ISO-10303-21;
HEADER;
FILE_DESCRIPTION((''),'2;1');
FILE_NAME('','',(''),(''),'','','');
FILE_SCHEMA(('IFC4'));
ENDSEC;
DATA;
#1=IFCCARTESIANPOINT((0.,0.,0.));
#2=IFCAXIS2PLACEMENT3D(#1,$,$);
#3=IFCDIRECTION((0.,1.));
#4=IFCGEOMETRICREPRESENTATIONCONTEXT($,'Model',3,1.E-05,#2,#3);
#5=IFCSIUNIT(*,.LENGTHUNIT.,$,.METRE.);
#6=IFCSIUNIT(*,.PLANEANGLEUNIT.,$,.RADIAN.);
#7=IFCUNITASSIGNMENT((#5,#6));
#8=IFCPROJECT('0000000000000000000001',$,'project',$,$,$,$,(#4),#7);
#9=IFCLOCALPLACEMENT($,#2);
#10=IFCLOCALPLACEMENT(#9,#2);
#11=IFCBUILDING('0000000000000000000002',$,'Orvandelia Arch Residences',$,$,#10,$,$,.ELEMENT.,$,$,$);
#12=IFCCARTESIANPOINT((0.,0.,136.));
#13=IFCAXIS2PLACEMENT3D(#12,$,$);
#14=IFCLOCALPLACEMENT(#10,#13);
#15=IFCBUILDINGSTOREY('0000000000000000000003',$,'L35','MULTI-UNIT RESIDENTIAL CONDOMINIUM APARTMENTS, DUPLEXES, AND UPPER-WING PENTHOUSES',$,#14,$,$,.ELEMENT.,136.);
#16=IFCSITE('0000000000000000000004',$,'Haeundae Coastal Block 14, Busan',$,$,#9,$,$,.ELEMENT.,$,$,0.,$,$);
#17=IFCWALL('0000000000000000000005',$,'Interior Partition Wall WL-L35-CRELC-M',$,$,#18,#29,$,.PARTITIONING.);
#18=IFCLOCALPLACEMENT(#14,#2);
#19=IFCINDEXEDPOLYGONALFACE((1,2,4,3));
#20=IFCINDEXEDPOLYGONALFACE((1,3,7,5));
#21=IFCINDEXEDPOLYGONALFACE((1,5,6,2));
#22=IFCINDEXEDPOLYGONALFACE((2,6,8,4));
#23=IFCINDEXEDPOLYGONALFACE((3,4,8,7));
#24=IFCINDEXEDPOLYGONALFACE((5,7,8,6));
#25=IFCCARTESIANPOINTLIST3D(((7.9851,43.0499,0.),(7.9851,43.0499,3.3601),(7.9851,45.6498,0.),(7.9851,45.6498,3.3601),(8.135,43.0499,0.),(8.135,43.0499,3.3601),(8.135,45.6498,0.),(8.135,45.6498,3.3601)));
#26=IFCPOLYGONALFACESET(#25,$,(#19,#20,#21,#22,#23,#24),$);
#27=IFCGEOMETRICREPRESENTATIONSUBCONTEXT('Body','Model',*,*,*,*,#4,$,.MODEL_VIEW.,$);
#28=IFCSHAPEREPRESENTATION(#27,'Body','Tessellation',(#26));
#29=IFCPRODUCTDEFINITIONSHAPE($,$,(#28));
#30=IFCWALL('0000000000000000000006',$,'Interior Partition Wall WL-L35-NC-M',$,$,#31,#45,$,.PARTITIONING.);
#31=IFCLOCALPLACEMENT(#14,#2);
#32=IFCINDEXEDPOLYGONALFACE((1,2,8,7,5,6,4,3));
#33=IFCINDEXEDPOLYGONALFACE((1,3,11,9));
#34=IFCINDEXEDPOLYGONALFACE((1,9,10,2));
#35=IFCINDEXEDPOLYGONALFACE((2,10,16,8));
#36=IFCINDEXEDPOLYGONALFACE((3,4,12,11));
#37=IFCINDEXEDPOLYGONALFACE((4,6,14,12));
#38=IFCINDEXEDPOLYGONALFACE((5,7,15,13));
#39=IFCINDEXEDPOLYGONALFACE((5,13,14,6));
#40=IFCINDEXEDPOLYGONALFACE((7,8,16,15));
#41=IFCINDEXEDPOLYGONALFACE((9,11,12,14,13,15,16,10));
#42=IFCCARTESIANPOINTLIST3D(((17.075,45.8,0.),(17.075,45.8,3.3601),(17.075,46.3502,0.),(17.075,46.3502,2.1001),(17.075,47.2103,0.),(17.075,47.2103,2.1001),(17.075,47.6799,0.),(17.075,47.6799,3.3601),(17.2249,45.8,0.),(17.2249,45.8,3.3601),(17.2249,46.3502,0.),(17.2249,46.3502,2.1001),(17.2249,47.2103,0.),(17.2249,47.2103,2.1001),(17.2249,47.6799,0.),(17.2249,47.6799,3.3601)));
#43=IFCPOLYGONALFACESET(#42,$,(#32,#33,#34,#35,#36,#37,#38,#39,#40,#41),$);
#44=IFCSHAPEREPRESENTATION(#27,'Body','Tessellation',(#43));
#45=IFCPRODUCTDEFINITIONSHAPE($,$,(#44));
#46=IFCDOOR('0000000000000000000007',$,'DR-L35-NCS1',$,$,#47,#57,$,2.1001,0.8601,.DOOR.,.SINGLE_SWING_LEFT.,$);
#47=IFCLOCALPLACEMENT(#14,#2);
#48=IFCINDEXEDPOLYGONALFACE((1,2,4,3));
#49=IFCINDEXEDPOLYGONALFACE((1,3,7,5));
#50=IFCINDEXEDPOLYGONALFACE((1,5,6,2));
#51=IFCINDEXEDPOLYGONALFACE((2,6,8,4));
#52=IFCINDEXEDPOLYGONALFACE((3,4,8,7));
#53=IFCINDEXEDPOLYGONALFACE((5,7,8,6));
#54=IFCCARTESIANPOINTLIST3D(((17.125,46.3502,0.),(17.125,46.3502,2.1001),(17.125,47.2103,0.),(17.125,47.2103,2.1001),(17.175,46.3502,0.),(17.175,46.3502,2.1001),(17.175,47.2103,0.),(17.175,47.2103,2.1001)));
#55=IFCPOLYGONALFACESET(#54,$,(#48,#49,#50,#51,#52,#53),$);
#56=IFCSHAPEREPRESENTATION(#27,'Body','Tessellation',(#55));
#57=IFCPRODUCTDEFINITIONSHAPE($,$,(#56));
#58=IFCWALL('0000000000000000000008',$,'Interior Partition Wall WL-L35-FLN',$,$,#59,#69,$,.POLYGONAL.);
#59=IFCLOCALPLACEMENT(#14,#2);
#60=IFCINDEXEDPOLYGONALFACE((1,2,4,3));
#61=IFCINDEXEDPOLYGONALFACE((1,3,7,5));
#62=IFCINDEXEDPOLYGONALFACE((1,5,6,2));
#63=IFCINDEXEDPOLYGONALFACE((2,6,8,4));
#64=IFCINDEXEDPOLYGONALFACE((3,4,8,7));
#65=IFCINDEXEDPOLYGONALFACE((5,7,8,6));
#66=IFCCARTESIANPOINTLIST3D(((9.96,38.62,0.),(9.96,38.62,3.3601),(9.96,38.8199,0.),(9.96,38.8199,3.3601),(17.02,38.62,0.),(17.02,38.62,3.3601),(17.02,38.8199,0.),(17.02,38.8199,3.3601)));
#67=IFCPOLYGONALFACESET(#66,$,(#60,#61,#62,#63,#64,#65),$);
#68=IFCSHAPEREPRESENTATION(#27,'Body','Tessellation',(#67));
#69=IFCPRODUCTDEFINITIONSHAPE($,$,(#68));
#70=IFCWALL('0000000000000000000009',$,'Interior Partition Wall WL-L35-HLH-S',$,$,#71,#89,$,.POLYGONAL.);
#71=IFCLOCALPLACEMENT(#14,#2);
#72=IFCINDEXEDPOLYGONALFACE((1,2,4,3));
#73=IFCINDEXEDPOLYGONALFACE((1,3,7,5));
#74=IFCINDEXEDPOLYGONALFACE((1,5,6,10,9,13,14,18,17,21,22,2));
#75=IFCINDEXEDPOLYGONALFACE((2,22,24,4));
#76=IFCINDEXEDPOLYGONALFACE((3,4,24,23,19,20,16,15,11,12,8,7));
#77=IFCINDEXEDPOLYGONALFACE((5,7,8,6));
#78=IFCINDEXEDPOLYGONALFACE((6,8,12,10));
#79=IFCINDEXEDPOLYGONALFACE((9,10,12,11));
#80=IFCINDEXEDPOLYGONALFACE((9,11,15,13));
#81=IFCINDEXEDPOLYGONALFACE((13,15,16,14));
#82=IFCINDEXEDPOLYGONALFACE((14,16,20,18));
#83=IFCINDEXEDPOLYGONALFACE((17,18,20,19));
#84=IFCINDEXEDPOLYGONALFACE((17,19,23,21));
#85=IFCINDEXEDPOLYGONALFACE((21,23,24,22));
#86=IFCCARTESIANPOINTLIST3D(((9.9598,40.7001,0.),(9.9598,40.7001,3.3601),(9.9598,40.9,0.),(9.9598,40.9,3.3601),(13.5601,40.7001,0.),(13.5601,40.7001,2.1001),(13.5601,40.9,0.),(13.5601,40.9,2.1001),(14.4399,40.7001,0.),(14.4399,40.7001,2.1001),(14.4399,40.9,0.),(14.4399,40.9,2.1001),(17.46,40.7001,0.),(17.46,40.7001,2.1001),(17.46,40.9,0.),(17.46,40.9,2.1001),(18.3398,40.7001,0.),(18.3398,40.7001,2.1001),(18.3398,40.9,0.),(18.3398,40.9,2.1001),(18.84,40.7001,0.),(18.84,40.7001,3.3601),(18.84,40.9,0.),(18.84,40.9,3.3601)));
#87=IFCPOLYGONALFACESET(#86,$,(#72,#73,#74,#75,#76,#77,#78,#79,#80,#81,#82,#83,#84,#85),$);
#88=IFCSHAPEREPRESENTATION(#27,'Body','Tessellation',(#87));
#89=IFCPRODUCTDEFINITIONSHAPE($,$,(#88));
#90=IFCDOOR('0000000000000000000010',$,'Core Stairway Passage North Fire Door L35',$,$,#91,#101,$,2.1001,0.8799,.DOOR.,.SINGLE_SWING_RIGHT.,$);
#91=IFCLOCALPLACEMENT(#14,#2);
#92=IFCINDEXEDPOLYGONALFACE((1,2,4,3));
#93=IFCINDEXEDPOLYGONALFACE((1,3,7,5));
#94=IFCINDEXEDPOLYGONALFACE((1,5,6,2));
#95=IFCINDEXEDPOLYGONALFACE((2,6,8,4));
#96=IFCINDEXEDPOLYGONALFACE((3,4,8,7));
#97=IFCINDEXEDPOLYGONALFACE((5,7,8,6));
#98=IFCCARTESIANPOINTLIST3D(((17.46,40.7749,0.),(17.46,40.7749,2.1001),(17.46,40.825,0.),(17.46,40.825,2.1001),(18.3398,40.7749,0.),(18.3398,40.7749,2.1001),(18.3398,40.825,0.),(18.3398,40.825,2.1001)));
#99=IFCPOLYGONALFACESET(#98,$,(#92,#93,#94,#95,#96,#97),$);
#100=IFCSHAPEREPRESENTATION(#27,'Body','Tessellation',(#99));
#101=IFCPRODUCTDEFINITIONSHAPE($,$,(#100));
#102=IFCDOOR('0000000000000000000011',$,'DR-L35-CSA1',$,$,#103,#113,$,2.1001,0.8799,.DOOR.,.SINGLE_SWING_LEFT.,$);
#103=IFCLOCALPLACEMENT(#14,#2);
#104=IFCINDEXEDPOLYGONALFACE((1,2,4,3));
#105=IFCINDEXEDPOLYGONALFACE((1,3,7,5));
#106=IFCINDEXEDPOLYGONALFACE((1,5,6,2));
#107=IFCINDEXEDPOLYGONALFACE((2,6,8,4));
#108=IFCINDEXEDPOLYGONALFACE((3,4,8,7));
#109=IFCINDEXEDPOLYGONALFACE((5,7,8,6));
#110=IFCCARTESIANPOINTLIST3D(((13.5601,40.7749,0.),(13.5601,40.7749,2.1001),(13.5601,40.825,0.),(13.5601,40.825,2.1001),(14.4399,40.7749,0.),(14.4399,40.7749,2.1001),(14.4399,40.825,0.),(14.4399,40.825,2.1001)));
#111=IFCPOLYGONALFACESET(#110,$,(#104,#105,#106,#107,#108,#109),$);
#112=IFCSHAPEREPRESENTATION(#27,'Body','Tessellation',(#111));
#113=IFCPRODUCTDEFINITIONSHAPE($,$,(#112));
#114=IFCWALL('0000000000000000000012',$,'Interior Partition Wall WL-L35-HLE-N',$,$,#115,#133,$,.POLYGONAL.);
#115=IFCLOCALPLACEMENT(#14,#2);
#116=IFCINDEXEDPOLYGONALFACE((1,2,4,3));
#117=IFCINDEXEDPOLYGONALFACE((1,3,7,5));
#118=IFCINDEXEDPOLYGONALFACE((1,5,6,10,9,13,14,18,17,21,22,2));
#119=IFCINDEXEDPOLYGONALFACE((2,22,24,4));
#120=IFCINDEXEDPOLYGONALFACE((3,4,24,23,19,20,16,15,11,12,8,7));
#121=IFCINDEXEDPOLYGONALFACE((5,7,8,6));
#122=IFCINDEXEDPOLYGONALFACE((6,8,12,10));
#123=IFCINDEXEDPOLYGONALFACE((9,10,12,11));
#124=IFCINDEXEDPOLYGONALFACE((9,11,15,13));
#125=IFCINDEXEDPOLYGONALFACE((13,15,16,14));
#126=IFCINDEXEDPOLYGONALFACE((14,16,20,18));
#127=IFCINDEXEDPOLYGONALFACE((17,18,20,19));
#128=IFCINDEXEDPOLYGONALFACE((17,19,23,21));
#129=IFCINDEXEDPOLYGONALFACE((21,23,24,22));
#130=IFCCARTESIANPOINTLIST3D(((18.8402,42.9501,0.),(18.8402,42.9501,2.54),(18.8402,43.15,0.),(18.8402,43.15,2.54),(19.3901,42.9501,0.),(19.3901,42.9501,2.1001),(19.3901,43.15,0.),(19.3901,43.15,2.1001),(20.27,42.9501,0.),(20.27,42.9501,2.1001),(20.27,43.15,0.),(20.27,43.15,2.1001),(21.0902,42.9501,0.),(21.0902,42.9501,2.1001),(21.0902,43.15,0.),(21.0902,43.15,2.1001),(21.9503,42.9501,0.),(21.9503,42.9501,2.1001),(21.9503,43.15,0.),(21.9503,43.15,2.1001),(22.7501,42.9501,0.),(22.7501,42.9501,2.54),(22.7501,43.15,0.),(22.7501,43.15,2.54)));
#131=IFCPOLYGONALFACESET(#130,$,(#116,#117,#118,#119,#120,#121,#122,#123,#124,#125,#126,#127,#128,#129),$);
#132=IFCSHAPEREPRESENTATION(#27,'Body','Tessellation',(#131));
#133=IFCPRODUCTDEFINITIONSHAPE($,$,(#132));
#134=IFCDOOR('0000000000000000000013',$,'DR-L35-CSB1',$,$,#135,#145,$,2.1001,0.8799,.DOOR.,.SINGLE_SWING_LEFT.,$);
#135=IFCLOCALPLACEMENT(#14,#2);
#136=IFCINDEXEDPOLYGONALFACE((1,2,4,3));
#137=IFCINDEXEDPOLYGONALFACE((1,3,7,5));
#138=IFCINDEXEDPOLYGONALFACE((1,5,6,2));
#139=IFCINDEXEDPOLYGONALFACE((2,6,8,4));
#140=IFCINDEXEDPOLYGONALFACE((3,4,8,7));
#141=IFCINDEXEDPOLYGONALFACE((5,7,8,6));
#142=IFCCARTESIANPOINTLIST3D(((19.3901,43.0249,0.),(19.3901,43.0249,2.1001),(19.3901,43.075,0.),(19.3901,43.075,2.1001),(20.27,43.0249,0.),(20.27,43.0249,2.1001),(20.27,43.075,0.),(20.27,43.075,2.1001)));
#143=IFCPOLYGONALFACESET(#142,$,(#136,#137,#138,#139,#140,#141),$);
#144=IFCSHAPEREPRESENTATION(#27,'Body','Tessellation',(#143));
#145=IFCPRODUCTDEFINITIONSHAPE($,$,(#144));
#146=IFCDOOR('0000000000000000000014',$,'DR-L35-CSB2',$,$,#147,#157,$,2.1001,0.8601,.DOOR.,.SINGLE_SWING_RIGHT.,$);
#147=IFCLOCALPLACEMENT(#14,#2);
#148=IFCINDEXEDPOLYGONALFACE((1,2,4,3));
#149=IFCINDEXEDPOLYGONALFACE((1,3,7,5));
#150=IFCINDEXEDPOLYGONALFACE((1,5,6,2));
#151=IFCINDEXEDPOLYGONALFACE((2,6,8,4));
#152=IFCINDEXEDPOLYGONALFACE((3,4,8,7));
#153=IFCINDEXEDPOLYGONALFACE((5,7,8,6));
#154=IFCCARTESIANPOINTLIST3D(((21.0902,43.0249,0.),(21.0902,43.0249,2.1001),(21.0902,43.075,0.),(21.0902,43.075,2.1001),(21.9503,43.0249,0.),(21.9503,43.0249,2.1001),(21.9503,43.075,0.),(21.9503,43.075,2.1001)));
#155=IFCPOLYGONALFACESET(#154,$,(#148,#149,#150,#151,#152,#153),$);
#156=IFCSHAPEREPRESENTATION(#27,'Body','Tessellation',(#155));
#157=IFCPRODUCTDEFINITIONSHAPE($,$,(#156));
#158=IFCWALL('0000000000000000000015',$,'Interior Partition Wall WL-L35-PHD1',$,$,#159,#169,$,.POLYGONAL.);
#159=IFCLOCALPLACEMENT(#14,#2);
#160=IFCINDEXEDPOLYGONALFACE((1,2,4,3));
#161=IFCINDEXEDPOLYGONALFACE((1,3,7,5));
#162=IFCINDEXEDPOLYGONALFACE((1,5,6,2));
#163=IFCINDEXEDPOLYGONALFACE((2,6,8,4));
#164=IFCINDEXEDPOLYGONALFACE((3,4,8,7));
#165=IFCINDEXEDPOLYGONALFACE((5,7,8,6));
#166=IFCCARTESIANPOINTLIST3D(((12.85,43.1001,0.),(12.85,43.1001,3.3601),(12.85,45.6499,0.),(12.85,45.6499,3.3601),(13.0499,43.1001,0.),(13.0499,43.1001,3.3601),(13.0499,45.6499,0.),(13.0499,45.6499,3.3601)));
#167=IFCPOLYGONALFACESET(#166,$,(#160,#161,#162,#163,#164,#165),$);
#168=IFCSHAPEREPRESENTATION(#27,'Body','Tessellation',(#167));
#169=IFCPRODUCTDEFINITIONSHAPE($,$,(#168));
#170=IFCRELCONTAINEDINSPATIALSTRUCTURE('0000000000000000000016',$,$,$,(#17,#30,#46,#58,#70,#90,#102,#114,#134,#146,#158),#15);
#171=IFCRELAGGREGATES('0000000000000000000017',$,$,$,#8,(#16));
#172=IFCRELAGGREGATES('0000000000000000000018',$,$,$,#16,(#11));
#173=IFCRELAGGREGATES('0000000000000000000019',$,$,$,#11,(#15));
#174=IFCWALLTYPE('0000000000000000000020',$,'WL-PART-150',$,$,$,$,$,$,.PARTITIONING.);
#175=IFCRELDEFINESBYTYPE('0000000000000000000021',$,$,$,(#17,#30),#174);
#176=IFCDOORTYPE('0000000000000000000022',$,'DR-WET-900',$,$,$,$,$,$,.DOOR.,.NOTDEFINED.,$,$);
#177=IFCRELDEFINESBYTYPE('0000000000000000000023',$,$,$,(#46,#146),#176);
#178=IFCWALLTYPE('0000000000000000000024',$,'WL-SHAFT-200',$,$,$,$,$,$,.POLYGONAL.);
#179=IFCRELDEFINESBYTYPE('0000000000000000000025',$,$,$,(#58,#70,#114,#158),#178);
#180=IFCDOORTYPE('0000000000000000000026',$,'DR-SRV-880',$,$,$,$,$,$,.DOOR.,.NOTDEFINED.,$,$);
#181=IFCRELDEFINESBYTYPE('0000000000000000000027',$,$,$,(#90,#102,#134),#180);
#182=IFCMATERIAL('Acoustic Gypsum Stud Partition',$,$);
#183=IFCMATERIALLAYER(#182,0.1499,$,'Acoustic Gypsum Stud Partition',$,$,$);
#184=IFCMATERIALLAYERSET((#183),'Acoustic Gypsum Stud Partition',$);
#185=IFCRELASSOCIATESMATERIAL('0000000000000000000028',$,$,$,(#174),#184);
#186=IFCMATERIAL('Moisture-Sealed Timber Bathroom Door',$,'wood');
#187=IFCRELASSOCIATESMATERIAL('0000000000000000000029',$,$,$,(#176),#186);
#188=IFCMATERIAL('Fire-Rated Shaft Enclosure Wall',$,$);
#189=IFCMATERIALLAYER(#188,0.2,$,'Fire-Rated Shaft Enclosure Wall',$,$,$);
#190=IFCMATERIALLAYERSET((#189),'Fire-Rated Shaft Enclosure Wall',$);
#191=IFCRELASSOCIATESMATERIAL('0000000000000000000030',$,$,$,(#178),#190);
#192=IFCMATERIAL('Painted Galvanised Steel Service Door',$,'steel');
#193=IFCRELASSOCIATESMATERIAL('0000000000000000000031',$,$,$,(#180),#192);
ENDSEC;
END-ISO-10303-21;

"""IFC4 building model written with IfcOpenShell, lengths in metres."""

from ifc_helpers import new_model, si_unit, direction, frame, frame_2d, origin, place, context, subcontext, project, spatial, rectangle, extrude, material, layer, layer_set, type_object, element, fill, save


model = new_model("IFC4")

# Units and contexts
model_context = context("Model", 3, precision=1e-05, world=origin(), true_north=direction((0.0, 1.0)))
body_context = subcontext(model_context, "Body", "Model", "MODEL_VIEW")
ifc_project = project(units=[si_unit("LENGTHUNIT", "METRE"), si_unit("PLANEANGLEUNIT", "RADIAN")], contexts=[model_context])

# Site, building, storey
site_placement = place(None, origin())
site = spatial("IfcSite", under=ifc_project, at=site_placement, Name="Haeundae Coastal Block 14, Busan", CompositionType="ELEMENT", RefElevation=0.0)
building_placement = place(site_placement, origin())
building = spatial("IfcBuilding", under=site, at=building_placement, Name="Orvandelia Arch Residences", CompositionType="ELEMENT")
storey_placement = place(building_placement, frame((0.0, 0.0, 136.0)))
storey = spatial("IfcBuildingStorey", under=building, at=storey_placement, Name="L35", Description="MULTI-UNIT RESIDENTIAL CONDOMINIUM APARTMENTS, DUPLEXES, AND UPPER-WING PENTHOUSES", CompositionType="ELEMENT", Elevation=136.0)

# Wall
ifc_material_1 = material(Name="Acoustic Gypsum Stud Partition")
ifc_layer_1 = layer(ifc_material_1, 0.1499, Name="Acoustic Gypsum Stud Partition")
ifc_layer_set_1 = layer_set([ifc_layer_1], Name="Acoustic Gypsum Stud Partition")
wall_type_1 = type_object("IfcWallType", Name="WL-PART-150", PredefinedType="PARTITIONING", material=ifc_layer_set_1)
wall_1_placement = place(storey_placement, frame((8.0601, 43.05, 0.0), z_axis=(0.0, 0.0, 1.0), x_axis=(0.0, 1.0, 0.0)))
element("IfcWall", 1, at=wall_1_placement, inside=storey, type_object=wall_type_1, Name="Interior Partition Wall WL-L35-CRELC-M", PredefinedType="PARTITIONING", context=body_context, shape_type="SweptSolid", body=[
    extrude(rectangle(XDim=2.5999, YDim=0.1499, at=frame_2d((1.2998, 0.0))), origin(), (0.0, 0.0, 1.0), 3.3601),
])

# Wall, opening, door
wall_2_placement = place(storey_placement, frame((17.1499, 45.8, 0.0), z_axis=(0.0, 0.0, 1.0), x_axis=(0.0, 1.0, 0.0)))
wall_2 = element("IfcWall", 2, at=wall_2_placement, inside=storey, type_object=wall_type_1, Name="Interior Partition Wall WL-L35-NC-M", PredefinedType="PARTITIONING", context=body_context, shape_type="SweptSolid", body=[
    extrude(rectangle(XDim=1.8799, YDim=0.1499, at=frame_2d((0.9399, 0.0))), origin(), (0.0, 0.0, 1.0), 3.3601),
])
opening_1_placement = place(wall_2_placement, frame((0.55, 0.0, 0.0)))
opening_1 = element("IfcOpeningElement", 3, at=opening_1_placement, cuts=wall_2, PredefinedType="OPENING", context=body_context, shape_type="SweptSolid", body=[
    extrude(rectangle(XDim=0.8601, YDim=2.1001, at=frame_2d((0.4302, 1.05))), frame((0.0, 0.085, 0.0), z_axis=(0.0, -1.0, 0.0), x_axis=(1.0, 0.0, 0.0)), (0.0, 0.0, 1.0), 0.1699),
])
ifc_material_2 = material(Name="Moisture-Sealed Timber Bathroom Door", Category="wood")
door_type_1 = type_object("IfcDoorType", Name="DR-WET-900", OperationType="NOTDEFINED", PredefinedType="DOOR", material=ifc_material_2)
door_1_placement = place(opening_1_placement, origin())
door_1 = element("IfcDoor", 4, at=door_1_placement, inside=storey, type_object=door_type_1, Name="DR-L35-NCS1", OperationType="SINGLE_SWING_LEFT", OverallHeight=2.1001, OverallWidth=0.8601, PredefinedType="DOOR", context=body_context, shape_type="SweptSolid", body=[
    extrude(rectangle(XDim=0.8601, YDim=2.1001, at=frame_2d((0.4302, 1.05))), frame((0.0, 0.0249, 0.0), z_axis=(0.0, -1.0, 0.0), x_axis=(1.0, 0.0, 0.0)), (0.0, 0.0, 1.0), 0.05),
])
fill(opening_1, door_1)

# Wall
ifc_material_3 = material(Name="Fire-Rated Shaft Enclosure Wall")
ifc_layer_2 = layer(ifc_material_3, 0.2, Name="Fire-Rated Shaft Enclosure Wall")
ifc_layer_set_2 = layer_set([ifc_layer_2], Name="Fire-Rated Shaft Enclosure Wall")
wall_type_2 = type_object("IfcWallType", Name="WL-SHAFT-200", PredefinedType="POLYGONAL", material=ifc_layer_set_2)
wall_3_placement = place(storey_placement, frame((9.96, 38.72, 0.0), z_axis=(0.0, 0.0, 1.0), x_axis=(1.0, 0.0, 0.0)))
element("IfcWall", 5, at=wall_3_placement, inside=storey, type_object=wall_type_2, Name="Interior Partition Wall WL-L35-FLN", PredefinedType="POLYGONAL", context=body_context, shape_type="SweptSolid", body=[
    extrude(rectangle(XDim=7.0601, YDim=0.2, at=frame_2d((3.53, 0.0))), origin(), (0.0, 0.0, 1.0), 3.3601),
])

# Walls, openings, doors
wall_4_placement = place(storey_placement, frame((9.96, 40.8, 0.0), z_axis=(0.0, 0.0, 1.0), x_axis=(1.0, 0.0, 0.0)))
wall_4 = element("IfcWall", 6, at=wall_4_placement, inside=storey, type_object=wall_type_2, Name="Interior Partition Wall WL-L35-HLH-S", PredefinedType="POLYGONAL", context=body_context, shape_type="SweptSolid", body=[
    extrude(rectangle(XDim=8.8801, YDim=0.2, at=frame_2d((4.4399, 0.0))), origin(), (0.0, 0.0, 1.0), 3.3601),
])
opening_2_placement = place(wall_4_placement, frame((7.5, 0.0, 0.0)))
opening_2 = element("IfcOpeningElement", 7, at=opening_2_placement, cuts=wall_4, PredefinedType="OPENING", context=body_context, shape_type="SweptSolid", body=[
    extrude(rectangle(XDim=0.8799, YDim=2.1001, at=frame_2d((0.4399, 1.05))), frame((0.0, 0.1099, 0.0), z_axis=(0.0, -1.0, 0.0), x_axis=(1.0, 0.0, 0.0)), (0.0, 0.0, 1.0), 0.22),
])
opening_3_placement = place(wall_4_placement, frame((3.6001, 0.0, 0.0)))
opening_3 = element("IfcOpeningElement", 8, at=opening_3_placement, cuts=wall_4, PredefinedType="OPENING", context=body_context, shape_type="SweptSolid", body=[
    extrude(rectangle(XDim=0.8799, YDim=2.1001, at=frame_2d((0.4399, 1.05))), frame((0.0, 0.1099, 0.0), z_axis=(0.0, -1.0, 0.0), x_axis=(1.0, 0.0, 0.0)), (0.0, 0.0, 1.0), 0.22),
])
ifc_material_4 = material(Name="Painted Galvanised Steel Service Door", Category="steel")
door_type_2 = type_object("IfcDoorType", Name="DR-SRV-880", OperationType="NOTDEFINED", PredefinedType="DOOR", material=ifc_material_4)
door_2_placement = place(opening_2_placement, origin())
door_2 = element("IfcDoor", 9, at=door_2_placement, inside=storey, type_object=door_type_2, Name="Core Stairway Passage North Fire Door L35", OperationType="SINGLE_SWING_RIGHT", OverallHeight=2.1001, OverallWidth=0.8799, PredefinedType="DOOR", context=body_context, shape_type="SweptSolid", body=[
    extrude(rectangle(XDim=0.8799, YDim=2.1001, at=frame_2d((0.4399, 1.05))), frame((0.0, 0.0249, 0.0), z_axis=(0.0, -1.0, 0.0), x_axis=(1.0, 0.0, 0.0)), (0.0, 0.0, 1.0), 0.05),
])
fill(opening_2, door_2)
door_3_placement = place(opening_3_placement, origin())
door_3 = element("IfcDoor", 10, at=door_3_placement, inside=storey, type_object=door_type_2, Name="DR-L35-CSA1", OperationType="SINGLE_SWING_LEFT", OverallHeight=2.1001, OverallWidth=0.8799, PredefinedType="DOOR", context=body_context, shape_type="SweptSolid", body=[
    extrude(rectangle(XDim=0.8799, YDim=2.1001, at=frame_2d((0.4399, 1.05))), frame((0.0, 0.0249, 0.0), z_axis=(0.0, -1.0, 0.0), x_axis=(1.0, 0.0, 0.0)), (0.0, 0.0, 1.0), 0.05),
])
fill(opening_3, door_3)
wall_5_placement = place(storey_placement, frame((18.8401, 43.05, 0.0), z_axis=(0.0, 0.0, 1.0), x_axis=(1.0, 0.0, 0.0)))
wall_5 = element("IfcWall", 11, at=wall_5_placement, inside=storey, type_object=wall_type_2, Name="Interior Partition Wall WL-L35-HLE-N", PredefinedType="POLYGONAL", context=body_context, shape_type="SweptSolid", body=[
    extrude(rectangle(XDim=3.9099, YDim=0.2, at=frame_2d((1.9551, 0.0))), origin(), (0.0, 0.0, 1.0), 2.54),
])
opening_4_placement = place(wall_5_placement, frame((0.55, 0.0, 0.0)))
opening_4 = element("IfcOpeningElement", 12, at=opening_4_placement, cuts=wall_5, PredefinedType="OPENING", context=body_context, shape_type="SweptSolid", body=[
    extrude(rectangle(XDim=0.8799, YDim=2.1001, at=frame_2d((0.4399, 1.05))), frame((0.0, 0.1099, 0.0), z_axis=(0.0, -1.0, 0.0), x_axis=(1.0, 0.0, 0.0)), (0.0, 0.0, 1.0), 0.22),
])
opening_5_placement = place(wall_5_placement, frame((2.25, 0.0, 0.0)))
opening_5 = element("IfcOpeningElement", 13, at=opening_5_placement, cuts=wall_5, PredefinedType="OPENING", context=body_context, shape_type="SweptSolid", body=[
    extrude(rectangle(XDim=0.8601, YDim=2.1001, at=frame_2d((0.4302, 1.05))), frame((0.0, 0.1099, 0.0), z_axis=(0.0, -1.0, 0.0), x_axis=(1.0, 0.0, 0.0)), (0.0, 0.0, 1.0), 0.22),
])
door_4_placement = place(opening_4_placement, origin())
door_4 = element("IfcDoor", 14, at=door_4_placement, inside=storey, type_object=door_type_2, Name="DR-L35-CSB1", OperationType="SINGLE_SWING_LEFT", OverallHeight=2.1001, OverallWidth=0.8799, PredefinedType="DOOR", context=body_context, shape_type="SweptSolid", body=[
    extrude(rectangle(XDim=0.8799, YDim=2.1001, at=frame_2d((0.4399, 1.05))), frame((0.0, 0.0249, 0.0), z_axis=(0.0, -1.0, 0.0), x_axis=(1.0, 0.0, 0.0)), (0.0, 0.0, 1.0), 0.05),
])
fill(opening_4, door_4)
door_5_placement = place(opening_5_placement, origin())
door_5 = element("IfcDoor", 15, at=door_5_placement, inside=storey, type_object=door_type_1, Name="DR-L35-CSB2", OperationType="SINGLE_SWING_RIGHT", OverallHeight=2.1001, OverallWidth=0.8601, PredefinedType="DOOR", context=body_context, shape_type="SweptSolid", body=[
    extrude(rectangle(XDim=0.8601, YDim=2.1001, at=frame_2d((0.4302, 1.05))), frame((0.0, 0.0249, 0.0), z_axis=(0.0, -1.0, 0.0), x_axis=(1.0, 0.0, 0.0)), (0.0, 0.0, 1.0), 0.05),
])
fill(opening_5, door_5)

# Wall
for number, where, z_axis, x_axis, name in (
    (16, (12.95, 43.1001, 0.0), (0.0, 0.0, 1.0), (0.0, 1.0, 0.0), "Interior Partition Wall WL-L35-PHD1"),
):
    element("IfcWall", number, at=place(storey_placement, frame(where, z_axis=z_axis, x_axis=x_axis)), inside=storey, type_object=wall_type_2, Name=name, PredefinedType="POLYGONAL", context=body_context, shape_type="SweptSolid", body=[
        extrude(rectangle(XDim=2.5498, YDim=0.2, at=frame_2d((1.2749, 0.0))), origin(), (0.0, 0.0, 1.0), 3.3601),
    ])

save(model, "model.ifc")
